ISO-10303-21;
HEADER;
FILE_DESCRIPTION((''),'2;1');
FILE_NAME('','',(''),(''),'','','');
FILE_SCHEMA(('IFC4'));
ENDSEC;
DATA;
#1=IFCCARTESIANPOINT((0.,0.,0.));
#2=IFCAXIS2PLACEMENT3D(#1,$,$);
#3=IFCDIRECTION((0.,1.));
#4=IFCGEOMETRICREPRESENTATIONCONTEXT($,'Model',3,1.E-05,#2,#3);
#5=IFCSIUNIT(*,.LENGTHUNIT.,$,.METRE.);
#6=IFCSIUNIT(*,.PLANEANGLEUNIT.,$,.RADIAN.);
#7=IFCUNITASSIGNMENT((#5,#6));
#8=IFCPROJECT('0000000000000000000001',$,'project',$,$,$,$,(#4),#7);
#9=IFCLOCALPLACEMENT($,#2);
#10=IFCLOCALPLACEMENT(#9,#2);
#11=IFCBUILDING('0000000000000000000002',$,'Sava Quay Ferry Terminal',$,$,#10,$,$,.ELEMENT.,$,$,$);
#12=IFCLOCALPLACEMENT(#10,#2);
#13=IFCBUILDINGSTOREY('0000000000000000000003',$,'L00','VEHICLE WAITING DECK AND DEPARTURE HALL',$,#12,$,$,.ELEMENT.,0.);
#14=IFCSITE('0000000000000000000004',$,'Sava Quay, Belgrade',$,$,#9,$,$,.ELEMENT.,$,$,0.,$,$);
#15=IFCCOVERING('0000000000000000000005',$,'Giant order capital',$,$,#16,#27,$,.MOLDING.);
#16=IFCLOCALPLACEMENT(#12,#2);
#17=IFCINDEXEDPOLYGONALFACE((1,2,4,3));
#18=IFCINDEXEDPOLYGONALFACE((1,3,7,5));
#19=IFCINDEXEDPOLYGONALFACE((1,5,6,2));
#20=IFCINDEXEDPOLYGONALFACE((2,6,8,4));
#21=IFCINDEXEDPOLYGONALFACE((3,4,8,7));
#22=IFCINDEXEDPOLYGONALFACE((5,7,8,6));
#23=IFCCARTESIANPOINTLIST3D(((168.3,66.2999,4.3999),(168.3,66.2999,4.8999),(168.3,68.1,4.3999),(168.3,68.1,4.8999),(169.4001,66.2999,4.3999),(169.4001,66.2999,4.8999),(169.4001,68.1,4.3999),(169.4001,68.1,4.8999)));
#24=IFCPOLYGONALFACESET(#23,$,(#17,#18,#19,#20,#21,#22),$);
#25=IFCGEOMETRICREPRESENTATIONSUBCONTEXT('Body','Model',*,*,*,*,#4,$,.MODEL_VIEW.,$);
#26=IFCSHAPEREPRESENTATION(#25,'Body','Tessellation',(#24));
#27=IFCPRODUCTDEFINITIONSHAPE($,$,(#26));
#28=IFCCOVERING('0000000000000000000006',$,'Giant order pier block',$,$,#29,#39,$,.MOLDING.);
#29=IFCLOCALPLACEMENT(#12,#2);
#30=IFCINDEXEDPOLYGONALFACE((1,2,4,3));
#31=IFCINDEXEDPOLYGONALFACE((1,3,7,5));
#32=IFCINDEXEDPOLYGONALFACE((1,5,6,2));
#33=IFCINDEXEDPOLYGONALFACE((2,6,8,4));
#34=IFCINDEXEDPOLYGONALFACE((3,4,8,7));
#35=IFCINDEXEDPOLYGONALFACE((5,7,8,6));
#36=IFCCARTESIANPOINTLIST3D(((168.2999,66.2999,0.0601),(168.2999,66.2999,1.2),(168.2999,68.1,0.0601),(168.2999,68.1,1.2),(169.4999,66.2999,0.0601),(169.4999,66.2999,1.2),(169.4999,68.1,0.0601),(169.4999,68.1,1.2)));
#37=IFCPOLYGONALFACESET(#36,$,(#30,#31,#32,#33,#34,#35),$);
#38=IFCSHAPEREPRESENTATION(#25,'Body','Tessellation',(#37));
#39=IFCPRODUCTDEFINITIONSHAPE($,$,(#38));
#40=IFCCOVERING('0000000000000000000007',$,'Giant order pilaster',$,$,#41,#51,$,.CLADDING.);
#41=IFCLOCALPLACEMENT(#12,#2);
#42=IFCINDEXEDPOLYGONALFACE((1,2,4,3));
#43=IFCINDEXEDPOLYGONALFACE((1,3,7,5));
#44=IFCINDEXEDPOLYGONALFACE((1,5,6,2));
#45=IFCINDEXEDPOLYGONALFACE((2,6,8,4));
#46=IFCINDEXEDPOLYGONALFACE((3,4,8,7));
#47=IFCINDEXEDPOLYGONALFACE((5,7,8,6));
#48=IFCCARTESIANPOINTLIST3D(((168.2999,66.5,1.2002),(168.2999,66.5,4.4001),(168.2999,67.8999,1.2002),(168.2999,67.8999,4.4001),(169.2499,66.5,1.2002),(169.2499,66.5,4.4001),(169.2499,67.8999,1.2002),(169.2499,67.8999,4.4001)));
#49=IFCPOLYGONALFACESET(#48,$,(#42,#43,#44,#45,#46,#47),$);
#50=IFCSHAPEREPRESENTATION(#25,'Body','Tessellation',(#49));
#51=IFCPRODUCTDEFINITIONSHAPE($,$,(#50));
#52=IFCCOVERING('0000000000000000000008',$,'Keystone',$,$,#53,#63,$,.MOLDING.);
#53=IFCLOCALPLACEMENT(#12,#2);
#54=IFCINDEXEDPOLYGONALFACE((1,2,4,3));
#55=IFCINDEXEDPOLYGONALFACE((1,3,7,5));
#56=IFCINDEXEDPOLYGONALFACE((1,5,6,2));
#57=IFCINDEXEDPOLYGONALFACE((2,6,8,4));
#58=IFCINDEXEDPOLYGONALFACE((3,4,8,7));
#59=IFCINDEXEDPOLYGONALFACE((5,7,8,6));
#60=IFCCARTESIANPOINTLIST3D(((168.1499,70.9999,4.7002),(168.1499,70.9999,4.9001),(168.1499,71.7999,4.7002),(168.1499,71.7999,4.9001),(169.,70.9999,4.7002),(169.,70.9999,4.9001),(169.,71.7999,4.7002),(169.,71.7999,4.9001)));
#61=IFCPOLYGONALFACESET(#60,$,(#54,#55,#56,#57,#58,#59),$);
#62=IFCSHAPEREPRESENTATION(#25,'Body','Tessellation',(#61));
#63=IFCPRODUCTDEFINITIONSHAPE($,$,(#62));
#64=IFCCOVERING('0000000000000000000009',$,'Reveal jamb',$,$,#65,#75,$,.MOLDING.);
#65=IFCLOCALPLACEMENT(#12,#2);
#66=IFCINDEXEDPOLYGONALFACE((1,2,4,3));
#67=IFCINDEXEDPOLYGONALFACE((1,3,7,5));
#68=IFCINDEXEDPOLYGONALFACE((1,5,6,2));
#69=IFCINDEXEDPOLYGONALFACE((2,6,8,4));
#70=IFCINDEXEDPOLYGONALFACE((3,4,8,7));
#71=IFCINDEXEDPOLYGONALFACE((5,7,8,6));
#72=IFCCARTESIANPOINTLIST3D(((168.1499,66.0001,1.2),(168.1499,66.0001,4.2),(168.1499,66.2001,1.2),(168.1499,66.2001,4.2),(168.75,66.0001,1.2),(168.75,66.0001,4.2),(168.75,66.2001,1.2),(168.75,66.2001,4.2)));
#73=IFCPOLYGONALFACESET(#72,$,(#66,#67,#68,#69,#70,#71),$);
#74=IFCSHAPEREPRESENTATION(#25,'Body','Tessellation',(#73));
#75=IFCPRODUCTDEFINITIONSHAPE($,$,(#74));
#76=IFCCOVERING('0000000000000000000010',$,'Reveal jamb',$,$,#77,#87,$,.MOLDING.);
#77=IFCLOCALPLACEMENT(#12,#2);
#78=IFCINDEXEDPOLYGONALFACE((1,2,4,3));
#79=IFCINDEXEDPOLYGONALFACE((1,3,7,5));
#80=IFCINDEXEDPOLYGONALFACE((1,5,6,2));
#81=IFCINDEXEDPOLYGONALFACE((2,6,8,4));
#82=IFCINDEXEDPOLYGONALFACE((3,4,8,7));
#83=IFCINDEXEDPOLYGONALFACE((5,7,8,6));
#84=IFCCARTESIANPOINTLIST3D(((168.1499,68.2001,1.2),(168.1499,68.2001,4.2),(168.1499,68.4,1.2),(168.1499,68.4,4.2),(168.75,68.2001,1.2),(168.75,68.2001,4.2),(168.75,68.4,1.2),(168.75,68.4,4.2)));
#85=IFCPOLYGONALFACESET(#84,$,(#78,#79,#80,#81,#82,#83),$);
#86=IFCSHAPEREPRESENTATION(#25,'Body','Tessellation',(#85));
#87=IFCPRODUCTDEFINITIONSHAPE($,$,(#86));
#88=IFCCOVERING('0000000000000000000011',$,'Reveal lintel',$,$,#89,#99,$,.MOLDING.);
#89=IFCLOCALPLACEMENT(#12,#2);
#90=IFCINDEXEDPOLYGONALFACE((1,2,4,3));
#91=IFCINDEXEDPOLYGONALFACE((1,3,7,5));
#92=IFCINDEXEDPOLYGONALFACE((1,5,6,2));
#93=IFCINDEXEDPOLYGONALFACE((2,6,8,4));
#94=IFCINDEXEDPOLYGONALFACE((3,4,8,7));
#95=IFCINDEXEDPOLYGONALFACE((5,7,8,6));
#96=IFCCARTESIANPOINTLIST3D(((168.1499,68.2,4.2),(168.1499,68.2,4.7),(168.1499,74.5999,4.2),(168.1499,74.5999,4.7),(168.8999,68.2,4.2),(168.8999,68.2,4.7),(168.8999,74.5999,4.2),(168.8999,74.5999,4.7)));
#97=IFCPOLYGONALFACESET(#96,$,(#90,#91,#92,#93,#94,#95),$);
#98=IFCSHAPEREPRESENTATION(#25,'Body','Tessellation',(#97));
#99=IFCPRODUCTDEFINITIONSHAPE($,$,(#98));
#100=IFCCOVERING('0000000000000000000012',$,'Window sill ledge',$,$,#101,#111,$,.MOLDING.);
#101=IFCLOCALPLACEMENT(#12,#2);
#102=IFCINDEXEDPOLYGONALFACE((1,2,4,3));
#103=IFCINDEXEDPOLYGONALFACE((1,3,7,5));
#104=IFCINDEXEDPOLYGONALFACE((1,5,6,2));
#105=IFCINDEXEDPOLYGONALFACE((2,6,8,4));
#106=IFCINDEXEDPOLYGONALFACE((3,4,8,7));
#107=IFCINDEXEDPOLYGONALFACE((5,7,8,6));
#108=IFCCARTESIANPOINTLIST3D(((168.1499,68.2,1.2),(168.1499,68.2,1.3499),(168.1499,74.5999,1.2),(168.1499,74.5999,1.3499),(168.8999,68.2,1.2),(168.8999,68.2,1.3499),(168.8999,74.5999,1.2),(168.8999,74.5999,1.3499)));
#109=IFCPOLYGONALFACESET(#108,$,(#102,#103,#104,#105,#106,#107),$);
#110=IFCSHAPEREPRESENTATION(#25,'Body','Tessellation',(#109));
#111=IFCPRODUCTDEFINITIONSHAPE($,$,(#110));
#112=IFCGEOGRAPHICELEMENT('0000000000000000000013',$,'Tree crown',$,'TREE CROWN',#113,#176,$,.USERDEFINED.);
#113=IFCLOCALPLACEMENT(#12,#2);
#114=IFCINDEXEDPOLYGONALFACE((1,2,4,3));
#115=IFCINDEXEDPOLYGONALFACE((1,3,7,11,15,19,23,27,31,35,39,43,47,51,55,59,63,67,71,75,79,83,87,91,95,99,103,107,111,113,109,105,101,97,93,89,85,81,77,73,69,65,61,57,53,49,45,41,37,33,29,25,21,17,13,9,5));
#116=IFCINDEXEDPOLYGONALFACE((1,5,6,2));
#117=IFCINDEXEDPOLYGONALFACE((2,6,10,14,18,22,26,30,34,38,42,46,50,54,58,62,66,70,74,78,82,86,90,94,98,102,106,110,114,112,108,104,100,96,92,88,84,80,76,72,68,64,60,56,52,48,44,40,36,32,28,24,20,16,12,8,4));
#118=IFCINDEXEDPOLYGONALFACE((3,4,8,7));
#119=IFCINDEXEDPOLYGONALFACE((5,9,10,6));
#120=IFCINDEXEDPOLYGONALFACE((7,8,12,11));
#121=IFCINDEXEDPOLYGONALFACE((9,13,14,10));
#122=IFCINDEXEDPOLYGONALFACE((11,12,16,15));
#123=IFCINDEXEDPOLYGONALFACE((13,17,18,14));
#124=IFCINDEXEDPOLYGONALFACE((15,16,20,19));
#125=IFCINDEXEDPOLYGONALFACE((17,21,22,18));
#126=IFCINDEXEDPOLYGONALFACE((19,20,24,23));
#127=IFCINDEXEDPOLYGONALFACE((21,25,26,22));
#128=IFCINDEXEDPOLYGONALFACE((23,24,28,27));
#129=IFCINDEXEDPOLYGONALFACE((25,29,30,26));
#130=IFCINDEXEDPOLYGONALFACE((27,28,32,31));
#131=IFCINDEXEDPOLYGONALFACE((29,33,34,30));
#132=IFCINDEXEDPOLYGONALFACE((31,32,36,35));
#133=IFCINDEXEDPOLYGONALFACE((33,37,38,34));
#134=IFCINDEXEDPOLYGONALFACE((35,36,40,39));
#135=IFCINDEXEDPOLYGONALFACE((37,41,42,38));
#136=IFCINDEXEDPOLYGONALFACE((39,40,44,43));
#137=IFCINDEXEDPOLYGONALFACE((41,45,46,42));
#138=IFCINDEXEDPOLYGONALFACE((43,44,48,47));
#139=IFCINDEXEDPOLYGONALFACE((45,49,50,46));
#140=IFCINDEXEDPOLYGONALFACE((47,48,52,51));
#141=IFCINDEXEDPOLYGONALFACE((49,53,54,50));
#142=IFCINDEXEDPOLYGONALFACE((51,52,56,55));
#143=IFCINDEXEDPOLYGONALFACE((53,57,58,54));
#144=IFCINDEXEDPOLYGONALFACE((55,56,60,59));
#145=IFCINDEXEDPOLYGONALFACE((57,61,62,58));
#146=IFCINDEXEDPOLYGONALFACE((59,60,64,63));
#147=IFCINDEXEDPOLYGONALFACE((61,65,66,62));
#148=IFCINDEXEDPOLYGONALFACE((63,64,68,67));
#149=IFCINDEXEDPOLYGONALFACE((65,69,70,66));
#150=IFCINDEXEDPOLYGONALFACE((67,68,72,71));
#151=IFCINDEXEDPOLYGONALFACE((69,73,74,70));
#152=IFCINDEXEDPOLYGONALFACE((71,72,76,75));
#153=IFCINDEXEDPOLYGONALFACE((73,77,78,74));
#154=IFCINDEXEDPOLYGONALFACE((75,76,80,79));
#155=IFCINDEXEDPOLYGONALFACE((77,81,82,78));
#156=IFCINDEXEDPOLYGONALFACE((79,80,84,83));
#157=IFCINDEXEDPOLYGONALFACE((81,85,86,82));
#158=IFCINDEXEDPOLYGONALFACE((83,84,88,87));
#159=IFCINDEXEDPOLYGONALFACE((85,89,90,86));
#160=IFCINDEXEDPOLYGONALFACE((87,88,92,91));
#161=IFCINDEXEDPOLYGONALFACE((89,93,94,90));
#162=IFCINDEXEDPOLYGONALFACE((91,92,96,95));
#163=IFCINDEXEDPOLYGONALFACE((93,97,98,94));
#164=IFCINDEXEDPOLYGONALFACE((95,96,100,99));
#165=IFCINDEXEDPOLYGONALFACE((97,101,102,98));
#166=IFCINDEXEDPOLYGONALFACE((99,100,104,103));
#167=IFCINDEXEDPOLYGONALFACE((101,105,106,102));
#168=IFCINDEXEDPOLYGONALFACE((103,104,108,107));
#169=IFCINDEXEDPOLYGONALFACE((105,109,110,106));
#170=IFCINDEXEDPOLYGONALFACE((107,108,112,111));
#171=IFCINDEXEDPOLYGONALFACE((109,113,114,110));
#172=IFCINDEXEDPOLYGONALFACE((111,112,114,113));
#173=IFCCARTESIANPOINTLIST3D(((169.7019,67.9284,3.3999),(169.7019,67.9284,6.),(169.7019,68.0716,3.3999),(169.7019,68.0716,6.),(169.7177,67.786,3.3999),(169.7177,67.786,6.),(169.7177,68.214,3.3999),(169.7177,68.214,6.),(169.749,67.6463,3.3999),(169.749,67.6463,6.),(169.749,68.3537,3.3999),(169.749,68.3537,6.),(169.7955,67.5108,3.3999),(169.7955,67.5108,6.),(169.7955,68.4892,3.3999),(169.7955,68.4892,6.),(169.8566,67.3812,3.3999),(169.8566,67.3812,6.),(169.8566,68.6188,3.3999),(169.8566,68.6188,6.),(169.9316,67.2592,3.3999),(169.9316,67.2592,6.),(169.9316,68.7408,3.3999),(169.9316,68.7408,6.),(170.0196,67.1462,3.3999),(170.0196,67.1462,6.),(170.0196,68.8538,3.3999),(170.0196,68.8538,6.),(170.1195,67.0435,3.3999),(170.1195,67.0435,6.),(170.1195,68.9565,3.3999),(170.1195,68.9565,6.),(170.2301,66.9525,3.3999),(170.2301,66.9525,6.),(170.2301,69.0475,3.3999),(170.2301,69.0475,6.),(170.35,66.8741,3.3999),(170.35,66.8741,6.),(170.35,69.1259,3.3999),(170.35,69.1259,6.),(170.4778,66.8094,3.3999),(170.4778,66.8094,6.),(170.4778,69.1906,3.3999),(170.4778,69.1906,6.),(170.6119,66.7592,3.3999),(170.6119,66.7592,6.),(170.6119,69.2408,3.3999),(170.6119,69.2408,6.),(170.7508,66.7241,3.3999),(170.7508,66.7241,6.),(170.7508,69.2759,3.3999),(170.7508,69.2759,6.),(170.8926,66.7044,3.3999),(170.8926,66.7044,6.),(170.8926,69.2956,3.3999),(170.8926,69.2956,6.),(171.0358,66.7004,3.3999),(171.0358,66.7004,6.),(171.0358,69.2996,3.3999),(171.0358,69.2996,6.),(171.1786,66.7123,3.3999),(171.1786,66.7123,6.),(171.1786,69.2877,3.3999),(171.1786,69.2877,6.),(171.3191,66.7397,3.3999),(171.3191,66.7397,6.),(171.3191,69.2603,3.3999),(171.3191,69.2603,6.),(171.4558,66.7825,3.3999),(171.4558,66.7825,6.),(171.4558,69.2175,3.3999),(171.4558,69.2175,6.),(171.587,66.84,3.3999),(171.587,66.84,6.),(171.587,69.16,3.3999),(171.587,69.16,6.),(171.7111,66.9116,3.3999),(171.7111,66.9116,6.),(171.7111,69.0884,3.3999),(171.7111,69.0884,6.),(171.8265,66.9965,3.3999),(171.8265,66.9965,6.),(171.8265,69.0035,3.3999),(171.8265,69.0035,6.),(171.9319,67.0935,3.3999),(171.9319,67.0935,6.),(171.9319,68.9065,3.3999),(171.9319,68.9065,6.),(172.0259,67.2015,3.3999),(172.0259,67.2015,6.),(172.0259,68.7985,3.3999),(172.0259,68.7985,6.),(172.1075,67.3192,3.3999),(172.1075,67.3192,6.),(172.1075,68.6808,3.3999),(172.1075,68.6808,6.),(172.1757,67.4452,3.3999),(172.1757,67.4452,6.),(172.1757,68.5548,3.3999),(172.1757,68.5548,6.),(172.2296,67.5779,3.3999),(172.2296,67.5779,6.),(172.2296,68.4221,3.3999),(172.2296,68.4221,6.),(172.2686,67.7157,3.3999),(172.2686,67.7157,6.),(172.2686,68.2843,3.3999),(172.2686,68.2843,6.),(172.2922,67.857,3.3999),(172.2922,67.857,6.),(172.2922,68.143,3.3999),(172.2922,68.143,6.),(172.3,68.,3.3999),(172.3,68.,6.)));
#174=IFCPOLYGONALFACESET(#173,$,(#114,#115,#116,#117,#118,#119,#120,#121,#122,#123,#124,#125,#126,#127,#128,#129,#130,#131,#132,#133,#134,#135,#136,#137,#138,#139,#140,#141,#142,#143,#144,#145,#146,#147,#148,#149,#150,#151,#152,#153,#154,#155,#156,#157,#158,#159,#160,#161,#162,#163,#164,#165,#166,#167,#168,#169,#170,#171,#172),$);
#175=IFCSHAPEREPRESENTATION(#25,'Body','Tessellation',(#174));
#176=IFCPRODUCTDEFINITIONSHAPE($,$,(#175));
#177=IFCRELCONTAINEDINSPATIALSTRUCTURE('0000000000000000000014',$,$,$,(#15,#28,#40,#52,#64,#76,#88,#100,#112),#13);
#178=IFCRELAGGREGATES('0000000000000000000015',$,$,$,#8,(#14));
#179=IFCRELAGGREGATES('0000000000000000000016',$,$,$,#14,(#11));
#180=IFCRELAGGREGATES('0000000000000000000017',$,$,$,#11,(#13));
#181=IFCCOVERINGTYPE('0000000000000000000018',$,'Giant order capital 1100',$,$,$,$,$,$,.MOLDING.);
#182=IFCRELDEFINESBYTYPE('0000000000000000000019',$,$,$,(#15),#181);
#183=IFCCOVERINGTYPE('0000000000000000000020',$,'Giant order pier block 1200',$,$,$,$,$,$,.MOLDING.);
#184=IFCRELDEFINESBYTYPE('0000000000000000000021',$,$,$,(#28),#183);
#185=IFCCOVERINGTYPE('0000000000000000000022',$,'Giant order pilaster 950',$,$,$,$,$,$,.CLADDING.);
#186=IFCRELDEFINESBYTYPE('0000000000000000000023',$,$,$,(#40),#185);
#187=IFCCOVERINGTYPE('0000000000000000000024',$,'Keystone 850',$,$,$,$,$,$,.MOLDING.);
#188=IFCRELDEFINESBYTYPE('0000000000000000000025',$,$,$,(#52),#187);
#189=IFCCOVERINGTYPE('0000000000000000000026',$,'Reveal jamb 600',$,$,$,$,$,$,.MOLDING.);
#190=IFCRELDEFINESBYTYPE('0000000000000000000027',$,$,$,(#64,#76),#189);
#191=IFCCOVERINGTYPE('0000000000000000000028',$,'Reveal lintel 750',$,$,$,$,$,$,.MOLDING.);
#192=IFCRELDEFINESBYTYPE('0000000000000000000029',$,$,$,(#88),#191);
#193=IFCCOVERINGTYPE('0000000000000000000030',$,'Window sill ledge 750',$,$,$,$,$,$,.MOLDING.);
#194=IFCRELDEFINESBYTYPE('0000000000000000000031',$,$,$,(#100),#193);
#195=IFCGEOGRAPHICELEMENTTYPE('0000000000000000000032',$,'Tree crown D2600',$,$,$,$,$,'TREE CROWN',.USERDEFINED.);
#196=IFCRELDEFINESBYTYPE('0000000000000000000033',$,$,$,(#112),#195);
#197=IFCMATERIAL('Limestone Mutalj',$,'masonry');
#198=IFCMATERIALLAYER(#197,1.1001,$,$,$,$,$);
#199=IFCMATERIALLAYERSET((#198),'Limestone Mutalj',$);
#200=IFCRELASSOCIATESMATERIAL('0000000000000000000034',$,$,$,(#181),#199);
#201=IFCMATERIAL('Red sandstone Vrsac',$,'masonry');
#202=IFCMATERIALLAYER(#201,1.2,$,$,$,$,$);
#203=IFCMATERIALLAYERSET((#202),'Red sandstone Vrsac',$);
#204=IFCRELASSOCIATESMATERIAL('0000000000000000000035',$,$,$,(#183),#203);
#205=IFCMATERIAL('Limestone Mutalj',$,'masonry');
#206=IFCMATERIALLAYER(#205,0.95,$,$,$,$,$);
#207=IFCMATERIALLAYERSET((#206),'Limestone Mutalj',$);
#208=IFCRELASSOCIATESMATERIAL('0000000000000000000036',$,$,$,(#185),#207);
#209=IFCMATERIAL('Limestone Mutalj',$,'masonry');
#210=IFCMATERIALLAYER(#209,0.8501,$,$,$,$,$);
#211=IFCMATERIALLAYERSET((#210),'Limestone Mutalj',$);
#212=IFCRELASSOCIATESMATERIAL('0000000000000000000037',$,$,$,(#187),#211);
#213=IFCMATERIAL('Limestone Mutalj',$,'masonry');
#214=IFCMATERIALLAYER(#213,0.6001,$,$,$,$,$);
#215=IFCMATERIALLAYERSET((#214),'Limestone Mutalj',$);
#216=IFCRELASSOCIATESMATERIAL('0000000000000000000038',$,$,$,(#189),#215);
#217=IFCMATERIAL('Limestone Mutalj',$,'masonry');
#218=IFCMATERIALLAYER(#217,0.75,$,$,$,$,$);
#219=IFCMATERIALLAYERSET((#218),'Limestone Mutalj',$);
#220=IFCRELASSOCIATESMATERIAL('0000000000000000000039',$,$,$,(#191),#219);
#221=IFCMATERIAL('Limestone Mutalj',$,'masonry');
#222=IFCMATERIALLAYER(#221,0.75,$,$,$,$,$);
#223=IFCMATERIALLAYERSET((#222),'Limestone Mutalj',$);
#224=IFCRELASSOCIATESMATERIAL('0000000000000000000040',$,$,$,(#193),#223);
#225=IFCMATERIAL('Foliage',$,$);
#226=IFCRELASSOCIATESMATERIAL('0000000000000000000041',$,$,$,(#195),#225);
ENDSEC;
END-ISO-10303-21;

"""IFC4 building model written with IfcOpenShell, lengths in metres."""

from ifc_helpers import new_model, si_unit, direction, frame, origin, origin_2d, place, context, subcontext, project, spatial, rectangle, circle, extrude, material, layer, layer_set, type_object, element, save


model = new_model("IFC4")

# Units and contexts
model_context = context("Model", 3, precision=1e-05, world=origin(), true_north=direction((0.0, 1.0)))
body_context = subcontext(model_context, "Body", "Model", "MODEL_VIEW")
ifc_project = project(units=[si_unit("LENGTHUNIT", "METRE"), si_unit("PLANEANGLEUNIT", "RADIAN")], contexts=[model_context])

# Site, building, storey
site_placement = place(None, origin())
site = spatial("IfcSite", under=ifc_project, at=site_placement, Name="Sava Quay, Belgrade", CompositionType="ELEMENT", RefElevation=0.0)
building_placement = place(site_placement, origin())
building = spatial("IfcBuilding", under=site, at=building_placement, Name="Sava Quay Ferry Terminal", CompositionType="ELEMENT")
storey_placement = place(building_placement, origin())
storey = spatial("IfcBuildingStorey", under=building, at=storey_placement, Name="L00", Description="VEHICLE WAITING DECK AND DEPARTURE HALL", CompositionType="ELEMENT", Elevation=0.0)

# Coverings
ifc_material_1 = material(Name="Limestone Mutalj", Category="masonry")
ifc_layer_1 = layer(ifc_material_1, 1.1001)
ifc_layer_set_1 = layer_set([ifc_layer_1], Name="Limestone Mutalj")
covering_type_1 = type_object("IfcCoveringType", Name="Giant order capital 1100", PredefinedType="MOLDING", material=ifc_layer_set_1)
covering_1_placement = place(storey_placement, frame((168.8501, 67.2, 4.3999), z_axis=(0.0, 0.0, 1.0), x_axis=(1.0, 0.0, 0.0)))
element("IfcCovering", 1, at=covering_1_placement, inside=storey, type_object=covering_type_1, Name="Giant order capital", PredefinedType="MOLDING", context=body_context, shape_type="SweptSolid", body=[
    extrude(rectangle(XDim=1.1001, YDim=1.8, at=origin_2d()), origin(), (0.0, 0.0, 1.0), 0.5),
])
ifc_material_2 = material(Name="Red sandstone Vrsac", Category="masonry")
ifc_layer_2 = layer(ifc_material_2, 1.2)
ifc_layer_set_2 = layer_set([ifc_layer_2], Name="Red sandstone Vrsac")
covering_type_2 = type_object("IfcCoveringType", Name="Giant order pier block 1200", PredefinedType="MOLDING", material=ifc_layer_set_2)
covering_2_placement = place(storey_placement, frame((168.8999, 67.2, 0.0601), z_axis=(0.0, 0.0, 1.0), x_axis=(1.0, 0.0, 0.0)))
element("IfcCovering", 2, at=covering_2_placement, inside=storey, type_object=covering_type_2, Name="Giant order pier block", PredefinedType="MOLDING", context=body_context, shape_type="SweptSolid", body=[
    extrude(rectangle(XDim=1.2, YDim=1.8, at=origin_2d()), origin(), (0.0, 0.0, 1.0), 1.1399),
])
ifc_material_3 = material(Name="Limestone Mutalj", Category="masonry")
ifc_layer_3 = layer(ifc_material_3, 0.95)
ifc_layer_set_3 = layer_set([ifc_layer_3], Name="Limestone Mutalj")
covering_type_3 = type_object("IfcCoveringType", Name="Giant order pilaster 950", PredefinedType="CLADDING", material=ifc_layer_set_3)
covering_3_placement = place(storey_placement, frame((168.7749, 67.2, 1.2002), z_axis=(0.0, 0.0, 1.0), x_axis=(1.0, 0.0, 0.0)))
element("IfcCovering", 3, at=covering_3_placement, inside=storey, type_object=covering_type_3, Name="Giant order pilaster", PredefinedType="CLADDING", context=body_context, shape_type="SweptSolid", body=[
    extrude(rectangle(XDim=0.95, YDim=1.3999, at=origin_2d()), origin(), (0.0, 0.0, 1.0), 3.2),
])
ifc_material_4 = material(Name="Limestone Mutalj", Category="masonry")
ifc_layer_4 = layer(ifc_material_4, 0.8501)
ifc_layer_set_4 = layer_set([ifc_layer_4], Name="Limestone Mutalj")
covering_type_4 = type_object("IfcCoveringType", Name="Keystone 850", PredefinedType="MOLDING", material=ifc_layer_set_4)
covering_4_placement = place(storey_placement, frame((168.575, 71.3999, 4.7002), z_axis=(0.0, 0.0, 1.0), x_axis=(1.0, 0.0, 0.0)))
element("IfcCovering", 4, at=covering_4_placement, inside=storey, type_object=covering_type_4, Name="Keystone", PredefinedType="MOLDING", context=body_context, shape_type="SweptSolid", body=[
    extrude(rectangle(XDim=0.8501, YDim=0.8, at=origin_2d()), origin(), (0.0, 0.0, 1.0), 0.2),
])
ifc_material_5 = material(Name="Limestone Mutalj", Category="masonry")
ifc_layer_5 = layer(ifc_material_5, 0.6001)
ifc_layer_set_5 = layer_set([ifc_layer_5], Name="Limestone Mutalj")
covering_type_5 = type_object("IfcCoveringType", Name="Reveal jamb 600", PredefinedType="MOLDING", material=ifc_layer_set_5)
for number, where, z_axis, x_axis, name in (
    (5, (168.45, 66.1001, 1.2), (0.0, 0.0, 1.0), (1.0, 0.0, 0.0), "Reveal jamb"),
    (6, (168.45, 68.3, 1.2), (0.0, 0.0, 1.0), (1.0, 0.0, 0.0), "Reveal jamb"),
):
    element("IfcCovering", number, at=place(storey_placement, frame(where, z_axis=z_axis, x_axis=x_axis)), inside=storey, type_object=covering_type_5, Name=name, PredefinedType="MOLDING", context=body_context, shape_type="SweptSolid", body=[
        extrude(rectangle(XDim=0.6001, YDim=0.2, at=origin_2d()), origin(), (0.0, 0.0, 1.0), 3.0),
    ])
ifc_material_6 = material(Name="Limestone Mutalj", Category="masonry")
ifc_layer_6 = layer(ifc_material_6, 0.75)
ifc_layer_set_6 = layer_set([ifc_layer_6], Name="Limestone Mutalj")
covering_type_6 = type_object("IfcCoveringType", Name="Reveal lintel 750", PredefinedType="MOLDING", material=ifc_layer_set_6)
covering_5_placement = place(storey_placement, frame((168.5249, 71.3999, 4.2), z_axis=(0.0, 0.0, 1.0), x_axis=(1.0, 0.0, 0.0)))
element("IfcCovering", 7, at=covering_5_placement, inside=storey, type_object=covering_type_6, Name="Reveal lintel", PredefinedType="MOLDING", context=body_context, shape_type="SweptSolid", body=[
    extrude(rectangle(XDim=0.75, YDim=6.3999, at=origin_2d()), origin(), (0.0, 0.0, 1.0), 0.5),
])
ifc_material_7 = material(Name="Limestone Mutalj", Category="masonry")
ifc_layer_7 = layer(ifc_material_7, 0.75)
ifc_layer_set_7 = layer_set([ifc_layer_7], Name="Limestone Mutalj")
covering_type_7 = type_object("IfcCoveringType", Name="Window sill ledge 750", PredefinedType="MOLDING", material=ifc_layer_set_7)
covering_6_placement = place(storey_placement, frame((168.5249, 71.3999, 1.2), z_axis=(0.0, 0.0, 1.0), x_axis=(1.0, 0.0, 0.0)))
element("IfcCovering", 8, at=covering_6_placement, inside=storey, type_object=covering_type_7, Name="Window sill ledge", PredefinedType="MOLDING", context=body_context, shape_type="SweptSolid", body=[
    extrude(rectangle(XDim=0.75, YDim=6.3999, at=origin_2d()), origin(), (0.0, 0.0, 1.0), 0.1499),
])

# Geographic element
ifc_material_8 = material(Name="Foliage")
geographic_element_type_1 = type_object("IfcGeographicElementType", Name="Tree crown D2600", ElementType="TREE CROWN", PredefinedType="USERDEFINED", material=ifc_material_8)
geographic_element_1_placement = place(storey_placement, frame((171.0, 68.0, 6.0), z_axis=(0.0, 0.0, -1.0), x_axis=(1.0, 0.0, 0.0)))
element("IfcGeographicElement", 9, at=geographic_element_1_placement, inside=storey, type_object=geographic_element_type_1, Name="Tree crown", ObjectType="TREE CROWN", PredefinedType="USERDEFINED", context=body_context, shape_type="SweptSolid", body=[
    extrude(circle(Radius=1.3, at=origin_2d()), origin(), (0.0, 0.0, 1.0), 2.6001),
])

save(model, "model.ifc")
